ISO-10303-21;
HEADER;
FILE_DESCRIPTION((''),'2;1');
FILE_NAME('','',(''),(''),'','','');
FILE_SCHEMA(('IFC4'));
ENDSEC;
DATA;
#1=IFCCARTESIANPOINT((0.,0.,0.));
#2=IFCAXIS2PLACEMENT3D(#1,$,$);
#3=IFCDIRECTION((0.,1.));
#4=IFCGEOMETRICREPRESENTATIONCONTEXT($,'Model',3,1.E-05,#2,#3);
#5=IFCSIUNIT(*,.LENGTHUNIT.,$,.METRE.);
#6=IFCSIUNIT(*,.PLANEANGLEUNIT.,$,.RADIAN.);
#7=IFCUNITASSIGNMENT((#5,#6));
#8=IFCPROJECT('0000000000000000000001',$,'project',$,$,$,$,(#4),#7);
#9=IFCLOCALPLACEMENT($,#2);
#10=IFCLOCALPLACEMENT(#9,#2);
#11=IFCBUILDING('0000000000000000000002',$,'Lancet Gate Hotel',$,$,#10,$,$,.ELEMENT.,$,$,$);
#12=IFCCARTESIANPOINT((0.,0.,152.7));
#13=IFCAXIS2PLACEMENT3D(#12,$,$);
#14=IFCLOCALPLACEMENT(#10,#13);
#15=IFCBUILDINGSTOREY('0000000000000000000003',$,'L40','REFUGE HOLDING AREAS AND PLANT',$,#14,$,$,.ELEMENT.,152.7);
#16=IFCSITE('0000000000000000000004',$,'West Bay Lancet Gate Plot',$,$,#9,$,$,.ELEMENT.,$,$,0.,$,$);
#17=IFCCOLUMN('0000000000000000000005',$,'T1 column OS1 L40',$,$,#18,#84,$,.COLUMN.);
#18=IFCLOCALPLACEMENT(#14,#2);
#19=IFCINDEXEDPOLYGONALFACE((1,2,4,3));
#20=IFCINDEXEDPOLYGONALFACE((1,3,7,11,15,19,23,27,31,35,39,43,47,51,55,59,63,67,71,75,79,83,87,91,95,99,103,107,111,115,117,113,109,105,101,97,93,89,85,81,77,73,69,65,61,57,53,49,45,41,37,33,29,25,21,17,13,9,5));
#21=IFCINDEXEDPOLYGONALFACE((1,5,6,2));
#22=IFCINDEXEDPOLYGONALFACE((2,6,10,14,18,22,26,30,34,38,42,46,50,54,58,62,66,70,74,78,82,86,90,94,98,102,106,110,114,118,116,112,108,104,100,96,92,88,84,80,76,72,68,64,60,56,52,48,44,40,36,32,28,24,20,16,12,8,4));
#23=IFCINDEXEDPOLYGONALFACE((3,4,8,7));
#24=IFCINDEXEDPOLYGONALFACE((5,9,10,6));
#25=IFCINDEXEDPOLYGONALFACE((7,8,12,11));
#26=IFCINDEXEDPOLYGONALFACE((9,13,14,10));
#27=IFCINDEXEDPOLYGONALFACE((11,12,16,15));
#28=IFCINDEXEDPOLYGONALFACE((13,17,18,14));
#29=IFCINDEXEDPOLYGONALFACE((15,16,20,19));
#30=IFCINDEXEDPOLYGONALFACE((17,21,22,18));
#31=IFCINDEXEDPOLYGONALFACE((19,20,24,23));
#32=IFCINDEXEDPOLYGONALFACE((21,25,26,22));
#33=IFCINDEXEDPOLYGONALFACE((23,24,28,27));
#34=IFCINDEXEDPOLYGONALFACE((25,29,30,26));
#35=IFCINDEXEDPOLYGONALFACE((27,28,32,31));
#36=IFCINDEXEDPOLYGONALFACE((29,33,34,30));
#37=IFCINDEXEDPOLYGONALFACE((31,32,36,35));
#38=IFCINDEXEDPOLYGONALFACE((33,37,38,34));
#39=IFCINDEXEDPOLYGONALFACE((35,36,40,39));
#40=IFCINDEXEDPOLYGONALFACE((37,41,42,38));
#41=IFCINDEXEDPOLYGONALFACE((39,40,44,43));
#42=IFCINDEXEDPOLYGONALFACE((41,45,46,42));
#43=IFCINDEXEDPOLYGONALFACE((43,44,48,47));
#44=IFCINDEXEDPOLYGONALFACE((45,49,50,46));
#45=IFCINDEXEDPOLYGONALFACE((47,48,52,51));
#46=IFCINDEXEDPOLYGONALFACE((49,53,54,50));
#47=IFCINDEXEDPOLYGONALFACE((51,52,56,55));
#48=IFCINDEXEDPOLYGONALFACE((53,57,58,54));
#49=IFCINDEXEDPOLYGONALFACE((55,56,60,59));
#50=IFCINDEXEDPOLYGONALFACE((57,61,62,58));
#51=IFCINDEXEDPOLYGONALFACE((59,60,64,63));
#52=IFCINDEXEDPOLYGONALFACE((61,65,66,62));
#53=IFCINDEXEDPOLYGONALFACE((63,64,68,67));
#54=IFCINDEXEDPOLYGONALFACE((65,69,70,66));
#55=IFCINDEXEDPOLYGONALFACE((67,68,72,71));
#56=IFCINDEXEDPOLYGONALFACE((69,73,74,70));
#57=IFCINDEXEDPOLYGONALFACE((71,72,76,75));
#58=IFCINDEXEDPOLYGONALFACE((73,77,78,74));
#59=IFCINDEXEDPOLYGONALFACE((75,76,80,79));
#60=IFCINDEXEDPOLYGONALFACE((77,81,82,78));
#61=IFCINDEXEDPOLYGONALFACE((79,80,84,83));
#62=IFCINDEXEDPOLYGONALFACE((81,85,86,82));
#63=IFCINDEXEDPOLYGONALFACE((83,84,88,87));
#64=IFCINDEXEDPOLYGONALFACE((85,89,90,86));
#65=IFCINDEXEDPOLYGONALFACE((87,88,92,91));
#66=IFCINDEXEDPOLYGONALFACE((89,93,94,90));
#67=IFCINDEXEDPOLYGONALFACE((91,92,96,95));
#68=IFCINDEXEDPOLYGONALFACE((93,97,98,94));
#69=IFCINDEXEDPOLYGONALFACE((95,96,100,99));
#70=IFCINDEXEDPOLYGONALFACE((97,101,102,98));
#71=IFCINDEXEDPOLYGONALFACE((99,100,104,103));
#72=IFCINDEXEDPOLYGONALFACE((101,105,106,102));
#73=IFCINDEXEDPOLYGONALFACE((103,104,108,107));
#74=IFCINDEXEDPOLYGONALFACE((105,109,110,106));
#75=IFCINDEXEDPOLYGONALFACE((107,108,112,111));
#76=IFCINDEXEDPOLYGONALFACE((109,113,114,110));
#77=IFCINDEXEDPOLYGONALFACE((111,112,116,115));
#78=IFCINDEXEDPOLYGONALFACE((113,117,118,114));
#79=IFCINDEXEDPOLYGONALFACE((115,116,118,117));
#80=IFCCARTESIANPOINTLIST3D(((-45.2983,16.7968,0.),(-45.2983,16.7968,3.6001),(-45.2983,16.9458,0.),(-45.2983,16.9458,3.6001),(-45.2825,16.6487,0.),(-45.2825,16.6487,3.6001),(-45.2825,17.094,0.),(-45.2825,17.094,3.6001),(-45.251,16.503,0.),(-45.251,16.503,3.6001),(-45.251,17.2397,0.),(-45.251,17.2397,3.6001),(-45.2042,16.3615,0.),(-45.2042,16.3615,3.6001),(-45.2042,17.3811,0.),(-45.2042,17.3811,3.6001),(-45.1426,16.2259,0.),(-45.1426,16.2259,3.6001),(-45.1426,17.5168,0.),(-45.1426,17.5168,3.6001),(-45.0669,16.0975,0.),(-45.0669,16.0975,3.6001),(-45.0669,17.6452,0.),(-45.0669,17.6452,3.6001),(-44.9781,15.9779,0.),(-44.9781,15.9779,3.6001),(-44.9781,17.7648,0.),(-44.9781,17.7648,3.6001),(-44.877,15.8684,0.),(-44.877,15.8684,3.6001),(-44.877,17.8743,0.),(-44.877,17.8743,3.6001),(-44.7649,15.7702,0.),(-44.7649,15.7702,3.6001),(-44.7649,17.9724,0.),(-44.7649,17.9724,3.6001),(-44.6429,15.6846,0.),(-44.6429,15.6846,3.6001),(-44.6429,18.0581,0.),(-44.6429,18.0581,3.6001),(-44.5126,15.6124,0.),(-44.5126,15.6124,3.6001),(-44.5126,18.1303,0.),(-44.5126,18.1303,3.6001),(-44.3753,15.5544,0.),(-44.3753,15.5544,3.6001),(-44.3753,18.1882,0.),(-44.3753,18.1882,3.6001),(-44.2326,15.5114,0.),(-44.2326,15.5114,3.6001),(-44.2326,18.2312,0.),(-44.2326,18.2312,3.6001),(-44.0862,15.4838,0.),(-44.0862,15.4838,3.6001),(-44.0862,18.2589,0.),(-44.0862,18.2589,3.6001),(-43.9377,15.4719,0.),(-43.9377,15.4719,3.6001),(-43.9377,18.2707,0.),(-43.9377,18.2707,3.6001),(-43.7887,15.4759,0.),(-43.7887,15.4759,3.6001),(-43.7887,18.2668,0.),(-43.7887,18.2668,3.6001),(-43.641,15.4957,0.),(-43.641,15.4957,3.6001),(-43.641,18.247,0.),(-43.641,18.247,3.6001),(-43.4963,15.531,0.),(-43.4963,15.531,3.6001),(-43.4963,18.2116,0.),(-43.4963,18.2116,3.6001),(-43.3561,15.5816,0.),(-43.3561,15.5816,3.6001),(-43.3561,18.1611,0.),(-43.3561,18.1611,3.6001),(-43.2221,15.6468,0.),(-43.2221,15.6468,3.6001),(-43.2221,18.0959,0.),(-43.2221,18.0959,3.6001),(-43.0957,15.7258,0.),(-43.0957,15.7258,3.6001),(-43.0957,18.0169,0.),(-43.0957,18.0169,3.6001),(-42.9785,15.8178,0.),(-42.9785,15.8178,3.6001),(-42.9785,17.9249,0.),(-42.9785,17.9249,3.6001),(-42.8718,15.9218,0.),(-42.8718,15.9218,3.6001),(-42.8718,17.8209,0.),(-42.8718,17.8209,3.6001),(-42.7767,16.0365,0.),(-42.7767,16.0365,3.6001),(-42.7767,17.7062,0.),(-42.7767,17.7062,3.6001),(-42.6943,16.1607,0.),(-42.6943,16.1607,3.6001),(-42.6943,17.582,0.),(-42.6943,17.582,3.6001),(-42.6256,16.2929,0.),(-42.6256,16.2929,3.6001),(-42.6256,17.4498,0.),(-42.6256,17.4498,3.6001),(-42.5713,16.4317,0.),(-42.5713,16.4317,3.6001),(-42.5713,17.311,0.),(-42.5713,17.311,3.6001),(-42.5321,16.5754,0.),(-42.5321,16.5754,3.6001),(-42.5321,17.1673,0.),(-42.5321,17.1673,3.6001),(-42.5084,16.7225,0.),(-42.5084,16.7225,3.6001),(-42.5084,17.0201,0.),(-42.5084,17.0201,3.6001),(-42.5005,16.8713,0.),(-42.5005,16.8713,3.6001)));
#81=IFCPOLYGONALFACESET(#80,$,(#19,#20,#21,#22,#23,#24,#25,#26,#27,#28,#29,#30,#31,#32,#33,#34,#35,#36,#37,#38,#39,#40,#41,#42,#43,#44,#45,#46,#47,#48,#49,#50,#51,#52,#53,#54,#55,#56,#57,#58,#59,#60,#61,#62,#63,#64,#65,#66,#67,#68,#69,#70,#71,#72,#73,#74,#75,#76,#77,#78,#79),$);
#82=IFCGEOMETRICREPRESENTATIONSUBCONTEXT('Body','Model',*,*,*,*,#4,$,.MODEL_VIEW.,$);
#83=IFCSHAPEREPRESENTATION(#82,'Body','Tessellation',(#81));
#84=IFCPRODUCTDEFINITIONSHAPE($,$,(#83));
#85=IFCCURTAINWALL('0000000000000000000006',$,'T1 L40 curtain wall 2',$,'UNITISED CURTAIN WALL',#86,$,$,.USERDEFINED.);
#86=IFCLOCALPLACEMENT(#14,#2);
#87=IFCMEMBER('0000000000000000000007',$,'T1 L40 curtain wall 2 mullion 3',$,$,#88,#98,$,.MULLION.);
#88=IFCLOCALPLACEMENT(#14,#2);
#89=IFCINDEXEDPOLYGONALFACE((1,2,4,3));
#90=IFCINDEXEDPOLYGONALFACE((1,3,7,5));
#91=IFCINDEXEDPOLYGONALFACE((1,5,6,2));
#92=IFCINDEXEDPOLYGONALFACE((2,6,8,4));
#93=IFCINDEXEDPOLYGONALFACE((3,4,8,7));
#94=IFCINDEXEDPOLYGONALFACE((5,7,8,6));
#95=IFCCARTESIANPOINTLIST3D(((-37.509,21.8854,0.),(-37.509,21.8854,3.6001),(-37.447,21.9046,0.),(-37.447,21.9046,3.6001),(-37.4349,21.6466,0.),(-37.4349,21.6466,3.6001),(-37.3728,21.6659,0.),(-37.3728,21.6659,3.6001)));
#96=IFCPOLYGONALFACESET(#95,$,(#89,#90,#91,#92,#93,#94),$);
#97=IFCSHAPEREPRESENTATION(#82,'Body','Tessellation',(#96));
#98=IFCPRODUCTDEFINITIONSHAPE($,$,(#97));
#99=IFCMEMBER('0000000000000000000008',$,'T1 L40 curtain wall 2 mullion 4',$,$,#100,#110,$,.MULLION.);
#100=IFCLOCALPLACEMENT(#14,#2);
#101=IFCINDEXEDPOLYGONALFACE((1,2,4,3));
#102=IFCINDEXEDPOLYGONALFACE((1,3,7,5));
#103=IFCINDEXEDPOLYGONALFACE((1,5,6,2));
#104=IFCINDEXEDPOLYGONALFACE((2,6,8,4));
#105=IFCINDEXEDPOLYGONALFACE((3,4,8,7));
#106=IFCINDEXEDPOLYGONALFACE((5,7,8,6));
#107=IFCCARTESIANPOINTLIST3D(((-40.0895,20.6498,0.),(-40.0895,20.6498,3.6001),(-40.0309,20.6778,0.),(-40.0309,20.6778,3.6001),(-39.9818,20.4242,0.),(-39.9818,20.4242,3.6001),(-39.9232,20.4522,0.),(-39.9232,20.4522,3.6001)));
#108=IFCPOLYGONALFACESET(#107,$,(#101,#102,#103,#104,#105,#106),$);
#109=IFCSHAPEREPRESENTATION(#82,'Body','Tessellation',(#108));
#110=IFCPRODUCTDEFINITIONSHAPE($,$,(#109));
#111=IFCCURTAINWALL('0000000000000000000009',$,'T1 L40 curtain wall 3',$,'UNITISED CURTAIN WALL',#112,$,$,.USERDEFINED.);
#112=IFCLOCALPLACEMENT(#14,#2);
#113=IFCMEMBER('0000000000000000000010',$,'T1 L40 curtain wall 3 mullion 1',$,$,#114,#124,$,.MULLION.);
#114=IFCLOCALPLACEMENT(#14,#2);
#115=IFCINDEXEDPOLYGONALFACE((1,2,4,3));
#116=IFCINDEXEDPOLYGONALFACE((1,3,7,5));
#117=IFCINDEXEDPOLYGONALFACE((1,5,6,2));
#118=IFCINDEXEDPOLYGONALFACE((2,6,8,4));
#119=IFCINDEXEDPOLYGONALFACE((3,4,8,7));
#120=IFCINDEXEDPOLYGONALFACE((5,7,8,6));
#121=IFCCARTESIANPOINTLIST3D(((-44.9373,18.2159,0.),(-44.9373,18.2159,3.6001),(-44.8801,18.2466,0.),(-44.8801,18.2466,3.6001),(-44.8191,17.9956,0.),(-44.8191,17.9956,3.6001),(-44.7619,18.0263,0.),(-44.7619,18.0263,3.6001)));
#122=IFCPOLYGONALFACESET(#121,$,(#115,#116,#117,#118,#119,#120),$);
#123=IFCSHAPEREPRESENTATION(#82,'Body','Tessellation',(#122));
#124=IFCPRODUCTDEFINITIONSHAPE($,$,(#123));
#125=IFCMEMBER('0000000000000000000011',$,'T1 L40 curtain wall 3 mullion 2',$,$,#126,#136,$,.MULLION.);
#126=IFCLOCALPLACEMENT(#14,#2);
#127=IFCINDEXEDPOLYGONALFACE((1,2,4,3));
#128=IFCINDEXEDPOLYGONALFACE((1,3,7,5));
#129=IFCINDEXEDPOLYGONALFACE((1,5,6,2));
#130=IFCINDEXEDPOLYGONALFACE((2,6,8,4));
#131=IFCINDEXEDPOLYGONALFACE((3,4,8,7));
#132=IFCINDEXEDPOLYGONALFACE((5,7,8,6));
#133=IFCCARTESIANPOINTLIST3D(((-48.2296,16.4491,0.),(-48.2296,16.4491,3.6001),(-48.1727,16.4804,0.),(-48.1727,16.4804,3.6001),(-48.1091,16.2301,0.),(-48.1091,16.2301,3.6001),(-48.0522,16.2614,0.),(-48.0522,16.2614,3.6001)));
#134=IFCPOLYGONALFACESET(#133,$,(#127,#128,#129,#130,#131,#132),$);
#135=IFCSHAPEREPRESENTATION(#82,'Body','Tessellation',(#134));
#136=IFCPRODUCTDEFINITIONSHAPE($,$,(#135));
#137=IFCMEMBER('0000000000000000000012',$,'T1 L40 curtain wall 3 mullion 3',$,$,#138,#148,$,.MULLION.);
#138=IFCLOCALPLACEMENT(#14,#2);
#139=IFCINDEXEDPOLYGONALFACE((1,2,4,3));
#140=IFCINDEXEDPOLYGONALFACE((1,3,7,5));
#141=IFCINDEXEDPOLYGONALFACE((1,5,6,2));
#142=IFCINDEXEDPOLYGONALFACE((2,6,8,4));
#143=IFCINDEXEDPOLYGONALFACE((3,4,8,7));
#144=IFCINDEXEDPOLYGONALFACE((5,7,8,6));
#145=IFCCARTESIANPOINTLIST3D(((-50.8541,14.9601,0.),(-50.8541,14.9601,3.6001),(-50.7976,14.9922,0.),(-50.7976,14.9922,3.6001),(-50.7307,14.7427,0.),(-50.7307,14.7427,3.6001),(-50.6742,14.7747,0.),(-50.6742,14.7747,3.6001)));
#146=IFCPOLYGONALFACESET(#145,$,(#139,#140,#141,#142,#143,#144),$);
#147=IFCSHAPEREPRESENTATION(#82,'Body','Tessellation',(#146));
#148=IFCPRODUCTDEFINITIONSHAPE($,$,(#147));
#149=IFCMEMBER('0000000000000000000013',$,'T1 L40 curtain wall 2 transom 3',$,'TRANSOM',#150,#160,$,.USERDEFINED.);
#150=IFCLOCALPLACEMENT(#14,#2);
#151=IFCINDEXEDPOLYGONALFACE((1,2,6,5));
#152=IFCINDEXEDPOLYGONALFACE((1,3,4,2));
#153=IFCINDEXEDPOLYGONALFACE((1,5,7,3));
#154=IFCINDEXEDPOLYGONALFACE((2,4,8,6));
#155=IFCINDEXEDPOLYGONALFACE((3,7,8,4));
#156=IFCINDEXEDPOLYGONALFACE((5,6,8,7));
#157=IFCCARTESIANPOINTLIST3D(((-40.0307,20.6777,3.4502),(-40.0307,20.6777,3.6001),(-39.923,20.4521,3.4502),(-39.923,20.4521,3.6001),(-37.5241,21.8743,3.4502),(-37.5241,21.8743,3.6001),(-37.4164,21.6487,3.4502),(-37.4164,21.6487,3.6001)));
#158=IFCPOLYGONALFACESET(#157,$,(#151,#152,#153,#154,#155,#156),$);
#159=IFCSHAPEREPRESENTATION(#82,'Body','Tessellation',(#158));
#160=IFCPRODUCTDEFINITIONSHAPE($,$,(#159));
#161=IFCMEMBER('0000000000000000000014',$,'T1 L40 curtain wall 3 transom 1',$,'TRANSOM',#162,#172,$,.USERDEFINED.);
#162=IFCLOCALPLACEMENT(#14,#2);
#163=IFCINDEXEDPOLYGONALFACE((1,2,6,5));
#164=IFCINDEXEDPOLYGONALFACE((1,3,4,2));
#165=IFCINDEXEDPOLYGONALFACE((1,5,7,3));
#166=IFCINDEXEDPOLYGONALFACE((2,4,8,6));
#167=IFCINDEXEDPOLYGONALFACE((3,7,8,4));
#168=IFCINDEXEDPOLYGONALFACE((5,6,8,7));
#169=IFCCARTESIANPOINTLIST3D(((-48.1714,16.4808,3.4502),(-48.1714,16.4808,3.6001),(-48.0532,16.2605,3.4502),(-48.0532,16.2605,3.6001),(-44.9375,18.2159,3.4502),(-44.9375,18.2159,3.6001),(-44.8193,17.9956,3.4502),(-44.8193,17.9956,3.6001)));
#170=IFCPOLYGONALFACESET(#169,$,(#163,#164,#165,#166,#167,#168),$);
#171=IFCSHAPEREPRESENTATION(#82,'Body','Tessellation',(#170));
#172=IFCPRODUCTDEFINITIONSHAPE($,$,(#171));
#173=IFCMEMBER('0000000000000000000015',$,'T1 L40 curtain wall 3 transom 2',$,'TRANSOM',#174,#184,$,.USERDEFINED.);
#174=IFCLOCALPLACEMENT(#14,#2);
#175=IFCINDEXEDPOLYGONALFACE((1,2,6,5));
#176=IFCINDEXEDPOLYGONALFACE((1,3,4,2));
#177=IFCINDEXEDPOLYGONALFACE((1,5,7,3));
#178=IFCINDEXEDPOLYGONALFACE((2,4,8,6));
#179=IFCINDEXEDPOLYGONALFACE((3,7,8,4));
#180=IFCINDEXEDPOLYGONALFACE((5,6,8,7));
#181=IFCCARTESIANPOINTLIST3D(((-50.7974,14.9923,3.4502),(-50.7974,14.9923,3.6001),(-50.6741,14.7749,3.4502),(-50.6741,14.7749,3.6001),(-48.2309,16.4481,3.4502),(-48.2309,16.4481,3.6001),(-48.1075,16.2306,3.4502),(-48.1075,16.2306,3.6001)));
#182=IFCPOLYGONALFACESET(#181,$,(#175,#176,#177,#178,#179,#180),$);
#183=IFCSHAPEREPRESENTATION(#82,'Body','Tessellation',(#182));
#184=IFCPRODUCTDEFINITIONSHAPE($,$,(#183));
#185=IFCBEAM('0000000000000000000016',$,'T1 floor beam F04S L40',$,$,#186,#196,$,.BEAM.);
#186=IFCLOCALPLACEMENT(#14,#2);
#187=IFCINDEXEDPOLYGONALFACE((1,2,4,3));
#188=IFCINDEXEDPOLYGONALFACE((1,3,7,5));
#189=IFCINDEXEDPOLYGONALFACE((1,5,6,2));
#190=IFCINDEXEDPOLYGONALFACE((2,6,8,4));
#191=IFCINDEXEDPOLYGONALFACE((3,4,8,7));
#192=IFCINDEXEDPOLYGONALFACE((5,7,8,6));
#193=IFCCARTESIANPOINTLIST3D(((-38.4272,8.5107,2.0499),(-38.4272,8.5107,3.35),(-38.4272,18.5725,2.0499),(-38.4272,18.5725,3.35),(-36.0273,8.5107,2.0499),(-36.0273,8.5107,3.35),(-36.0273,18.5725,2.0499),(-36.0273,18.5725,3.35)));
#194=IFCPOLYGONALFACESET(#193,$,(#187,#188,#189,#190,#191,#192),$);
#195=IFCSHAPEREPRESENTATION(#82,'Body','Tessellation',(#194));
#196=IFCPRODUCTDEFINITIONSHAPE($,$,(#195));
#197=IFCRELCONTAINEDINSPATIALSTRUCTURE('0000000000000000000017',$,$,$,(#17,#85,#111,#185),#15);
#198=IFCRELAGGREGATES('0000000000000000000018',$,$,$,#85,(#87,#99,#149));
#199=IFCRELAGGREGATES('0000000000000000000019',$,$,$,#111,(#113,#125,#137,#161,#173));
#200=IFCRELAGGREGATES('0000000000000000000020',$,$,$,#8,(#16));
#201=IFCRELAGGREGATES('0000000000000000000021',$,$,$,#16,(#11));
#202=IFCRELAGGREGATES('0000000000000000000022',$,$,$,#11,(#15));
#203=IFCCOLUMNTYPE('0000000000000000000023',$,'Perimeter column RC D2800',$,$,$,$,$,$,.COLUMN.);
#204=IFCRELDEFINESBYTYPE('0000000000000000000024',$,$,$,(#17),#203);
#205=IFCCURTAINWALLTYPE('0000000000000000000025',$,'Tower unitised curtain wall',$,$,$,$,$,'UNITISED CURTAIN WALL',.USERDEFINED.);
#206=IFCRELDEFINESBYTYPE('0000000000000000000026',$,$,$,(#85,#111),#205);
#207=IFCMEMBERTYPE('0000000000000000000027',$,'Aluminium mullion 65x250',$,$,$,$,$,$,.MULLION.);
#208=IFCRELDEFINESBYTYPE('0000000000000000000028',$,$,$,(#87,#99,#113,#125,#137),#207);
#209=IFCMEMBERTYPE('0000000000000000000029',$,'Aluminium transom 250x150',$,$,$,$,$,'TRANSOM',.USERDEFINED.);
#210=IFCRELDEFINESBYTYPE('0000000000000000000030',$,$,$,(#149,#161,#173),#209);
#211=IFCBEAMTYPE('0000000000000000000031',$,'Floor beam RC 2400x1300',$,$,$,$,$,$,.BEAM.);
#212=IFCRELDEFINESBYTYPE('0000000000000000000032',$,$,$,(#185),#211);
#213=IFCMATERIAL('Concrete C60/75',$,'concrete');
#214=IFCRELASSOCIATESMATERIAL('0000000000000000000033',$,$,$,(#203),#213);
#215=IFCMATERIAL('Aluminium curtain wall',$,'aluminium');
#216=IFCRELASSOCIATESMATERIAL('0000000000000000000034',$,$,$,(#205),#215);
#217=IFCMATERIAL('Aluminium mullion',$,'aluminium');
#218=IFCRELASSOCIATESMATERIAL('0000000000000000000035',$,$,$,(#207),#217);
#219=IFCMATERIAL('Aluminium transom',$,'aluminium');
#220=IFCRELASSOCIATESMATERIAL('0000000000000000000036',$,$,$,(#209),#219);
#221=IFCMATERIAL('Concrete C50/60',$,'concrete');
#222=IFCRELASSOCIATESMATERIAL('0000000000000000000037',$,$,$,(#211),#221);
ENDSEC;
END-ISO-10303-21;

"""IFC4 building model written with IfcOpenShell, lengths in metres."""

from ifc_helpers import new_model, si_unit, direction, frame, origin, origin_2d, place, context, subcontext, project, spatial, rectangle, circle, extrude, material, material_profile, profile_set, type_object, element, aggregate, save


model = new_model("IFC4")

# Units and contexts
model_context = context("Model", 3, precision=1e-05, world=origin(), true_north=direction((0.0, 1.0)))
body_context = subcontext(model_context, "Body", "Model", "MODEL_VIEW")
ifc_project = project(units=[si_unit("LENGTHUNIT", "METRE"), si_unit("PLANEANGLEUNIT", "RADIAN")], contexts=[model_context])

# Site, building, storey
site_placement = place(None, origin())
site = spatial("IfcSite", under=ifc_project, at=site_placement, Name="West Bay Lancet Gate Plot", CompositionType="ELEMENT", RefElevation=0.0)
building_placement = place(site_placement, origin())
building = spatial("IfcBuilding", under=site, at=building_placement, Name="Lancet Gate Hotel", CompositionType="ELEMENT")
storey_placement = place(building_placement, frame((0.0, 0.0, 152.7)))
storey = spatial("IfcBuildingStorey", under=building, at=storey_placement, Name="L40", Description="REFUGE HOLDING AREAS AND PLANT", CompositionType="ELEMENT", Elevation=152.7)

# Column
ifc_material_1 = material(Name="Concrete C60/75", Category="concrete")
ifc_material_profile_1 = material_profile(ifc_material_1, circle(Radius=1.3999, at=origin_2d()), Name="RC D2800")
ifc_profile_set_1 = profile_set([ifc_material_profile_1], Name="Concrete C60/75")
column_type = type_object("IfcColumnType", Name="Perimeter column RC D2800", PredefinedType="COLUMN", material=ifc_profile_set_1)
column_placement = place(storey_placement, frame((-43.9004, 16.8713, 0.0), z_axis=(0.0, 0.0, 1.0), x_axis=(1.0, 0.0, 0.0)))
element("IfcColumn", 1, at=column_placement, inside=storey, type_object=column_type, Name="T1 column OS1 L40", PredefinedType="COLUMN", context=body_context, shape_type="SweptSolid", body=[
    extrude(circle(Radius=1.3999, at=origin_2d()), origin(), (0.0, 0.0, 1.0), 3.6001),
])

# Curtain walls, members
ifc_material_2 = material(Name="Aluminium curtain wall", Category="aluminium")
curtain_wall_type = type_object("IfcCurtainWallType", Name="Tower unitised curtain wall", ElementType="UNITISED CURTAIN WALL", PredefinedType="USERDEFINED", material=ifc_material_2)
curtain_wall_1_placement = place(storey_placement, origin())
curtain_wall_1 = element("IfcCurtainWall", 2, at=curtain_wall_1_placement, inside=storey, type_object=curtain_wall_type, Name="T1 L40 curtain wall 2", ObjectType="UNITISED CURTAIN WALL", PredefinedType="USERDEFINED")
ifc_material_3 = material(Name="Aluminium mullion", Category="aluminium")
ifc_material_profile_2 = material_profile(ifc_material_3, rectangle(XDim=0.0649, YDim=0.25, at=origin_2d()), Name="MULLION 65x250")
ifc_profile_set_2 = profile_set([ifc_material_profile_2], Name="Aluminium mullion")
member_type_1 = type_object("IfcMemberType", Name="Aluminium mullion 65x250", PredefinedType="MULLION", material=ifc_profile_set_2)
member_1_placement = place(storey_placement, frame((-37.4409, 21.7756, 0.0), z_axis=(0.0, 0.0, 1.0), x_axis=(-0.955018, -0.296549, 0.0)))
member_1 = element("IfcMember", 3, at=member_1_placement, type_object=member_type_1, Name="T1 L40 curtain wall 2 mullion 3", PredefinedType="MULLION", context=body_context, shape_type="SweptSolid", body=[
    extrude(rectangle(XDim=0.0649, YDim=0.25, at=origin_2d()), origin(), (0.0, 0.0, 1.0), 3.6001),
])
member_2_placement = place(storey_placement, frame((-40.0063, 20.551, 0.0), z_axis=(0.0, 0.0, 1.0), x_axis=(-0.902454, -0.430787, 0.0)))
member_2 = element("IfcMember", 4, at=member_2_placement, type_object=member_type_1, Name="T1 L40 curtain wall 2 mullion 4", PredefinedType="MULLION", context=body_context, shape_type="SweptSolid", body=[
    extrude(rectangle(XDim=0.0649, YDim=0.25, at=origin_2d()), origin(), (0.0, 0.0, 1.0), 3.6001),
])
curtain_wall_2_placement = place(storey_placement, origin())
curtain_wall_2 = element("IfcCurtainWall", 5, at=curtain_wall_2_placement, inside=storey, type_object=curtain_wall_type, Name="T1 L40 curtain wall 3", ObjectType="UNITISED CURTAIN WALL", PredefinedType="USERDEFINED")
member_3_placement = place(storey_placement, frame((-44.8496, 18.1211, 0.0), z_axis=(0.0, 0.0, 1.0), x_axis=(-0.881195, -0.472753, 0.0)))
member_3 = element("IfcMember", 6, at=member_3_placement, type_object=member_type_1, Name="T1 L40 curtain wall 3 mullion 1", PredefinedType="MULLION", context=body_context, shape_type="SweptSolid", body=[
    extrude(rectangle(XDim=0.0649, YDim=0.25, at=origin_2d()), origin(), (0.0, 0.0, 1.0), 3.6001),
])
member_4_placement = place(storey_placement, frame((-48.1409, 16.3552, 0.0), z_axis=(0.0, 0.0, 1.0), x_axis=(-0.876179, -0.481986, 0.0)))
member_4 = element("IfcMember", 7, at=member_4_placement, type_object=member_type_1, Name="T1 L40 curtain wall 3 mullion 2", PredefinedType="MULLION", context=body_context, shape_type="SweptSolid", body=[
    extrude(rectangle(XDim=0.0649, YDim=0.25, at=origin_2d()), origin(), (0.0, 0.0, 1.0), 3.6001),
])
member_5_placement = place(storey_placement, frame((-50.7642, 14.8674, 0.0), z_axis=(0.0, 0.0, 1.0), x_axis=(-0.869831, -0.493349, 0.0)))
member_5 = element("IfcMember", 8, at=member_5_placement, type_object=member_type_1, Name="T1 L40 curtain wall 3 mullion 3", PredefinedType="MULLION", context=body_context, shape_type="SweptSolid", body=[
    extrude(rectangle(XDim=0.0649, YDim=0.25, at=origin_2d()), origin(), (0.0, 0.0, 1.0), 3.6001),
])

# Members
ifc_material_4 = material(Name="Aluminium transom", Category="aluminium")
ifc_material_profile_3 = material_profile(ifc_material_4, rectangle(XDim=0.25, YDim=0.1499, at=origin_2d()), Name="TRANSOM 250x150")
ifc_profile_set_3 = profile_set([ifc_material_profile_3], Name="Aluminium transom")
member_type_2 = type_object("IfcMemberType", Name="Aluminium transom 250x150", ElementType="TRANSOM", PredefinedType="USERDEFINED", material=ifc_profile_set_3)
member_6_placement = place(storey_placement, frame((-37.4702, 21.7615, 3.5251), z_axis=(-0.902452, -0.43079, 0.0), x_axis=(0.43079, -0.902452, 0.0)))
member_6 = element("IfcMember", 9, at=member_6_placement, type_object=member_type_2, Name="T1 L40 curtain wall 2 transom 3", ObjectType="TRANSOM", PredefinedType="USERDEFINED", context=body_context, shape_type="SweptSolid", body=[
    extrude(rectangle(XDim=0.25, YDim=0.1499, at=origin_2d()), origin(), (0.0, 0.0, 1.0), 2.7776),
])
member_7_placement = place(storey_placement, frame((-44.8784, 18.1057, 3.5251), z_axis=(-0.881177, -0.472786, 0.0), x_axis=(0.472786, -0.881177, 0.0)))
member_7 = element("IfcMember", 10, at=member_7_placement, type_object=member_type_2, Name="T1 L40 curtain wall 3 transom 1", ObjectType="TRANSOM", PredefinedType="USERDEFINED", context=body_context, shape_type="SweptSolid", body=[
    extrude(rectangle(XDim=0.25, YDim=0.1499, at=origin_2d()), origin(), (0.0, 0.0, 1.0), 3.6699),
])
member_8_placement = place(storey_placement, frame((-48.1692, 16.3394, 3.5251), z_axis=(-0.869822, -0.493365, 0.0), x_axis=(0.493365, -0.869822, 0.0)))
member_8 = element("IfcMember", 11, at=member_8_placement, type_object=member_type_2, Name="T1 L40 curtain wall 3 transom 2", ObjectType="TRANSOM", PredefinedType="USERDEFINED", context=body_context, shape_type="SweptSolid", body=[
    extrude(rectangle(XDim=0.25, YDim=0.1499, at=origin_2d()), origin(), (0.0, 0.0, 1.0), 2.9507),
])

# Beam
ifc_material_5 = material(Name="Concrete C50/60", Category="concrete")
ifc_material_profile_4 = material_profile(ifc_material_5, rectangle(XDim=2.3999, YDim=1.3, at=origin_2d()), Name="RC 2400x1300")
ifc_profile_set_4 = profile_set([ifc_material_profile_4], Name="Concrete C50/60")
beam_type = type_object("IfcBeamType", Name="Floor beam RC 2400x1300", PredefinedType="BEAM", material=ifc_profile_set_4)
beam_1_placement = place(storey_placement, frame((-37.2273, 18.5725, 2.7), z_axis=(0.0, -1.0, 0.0), x_axis=(1.0, 0.0, 0.0)))
element("IfcBeam", 12, at=beam_1_placement, inside=storey, type_object=beam_type, Name="T1 floor beam F04S L40", PredefinedType="BEAM", context=body_context, shape_type="SweptSolid", body=[
    extrude(rectangle(XDim=2.3999, YDim=1.3, at=origin_2d()), origin(), (0.0, 0.0, 1.0), 10.0618),
])

aggregate(curtain_wall_1, [member_1, member_2, member_6])
aggregate(curtain_wall_2, [member_3, member_4, member_5, member_7, member_8])

save(model, "model.ifc")
